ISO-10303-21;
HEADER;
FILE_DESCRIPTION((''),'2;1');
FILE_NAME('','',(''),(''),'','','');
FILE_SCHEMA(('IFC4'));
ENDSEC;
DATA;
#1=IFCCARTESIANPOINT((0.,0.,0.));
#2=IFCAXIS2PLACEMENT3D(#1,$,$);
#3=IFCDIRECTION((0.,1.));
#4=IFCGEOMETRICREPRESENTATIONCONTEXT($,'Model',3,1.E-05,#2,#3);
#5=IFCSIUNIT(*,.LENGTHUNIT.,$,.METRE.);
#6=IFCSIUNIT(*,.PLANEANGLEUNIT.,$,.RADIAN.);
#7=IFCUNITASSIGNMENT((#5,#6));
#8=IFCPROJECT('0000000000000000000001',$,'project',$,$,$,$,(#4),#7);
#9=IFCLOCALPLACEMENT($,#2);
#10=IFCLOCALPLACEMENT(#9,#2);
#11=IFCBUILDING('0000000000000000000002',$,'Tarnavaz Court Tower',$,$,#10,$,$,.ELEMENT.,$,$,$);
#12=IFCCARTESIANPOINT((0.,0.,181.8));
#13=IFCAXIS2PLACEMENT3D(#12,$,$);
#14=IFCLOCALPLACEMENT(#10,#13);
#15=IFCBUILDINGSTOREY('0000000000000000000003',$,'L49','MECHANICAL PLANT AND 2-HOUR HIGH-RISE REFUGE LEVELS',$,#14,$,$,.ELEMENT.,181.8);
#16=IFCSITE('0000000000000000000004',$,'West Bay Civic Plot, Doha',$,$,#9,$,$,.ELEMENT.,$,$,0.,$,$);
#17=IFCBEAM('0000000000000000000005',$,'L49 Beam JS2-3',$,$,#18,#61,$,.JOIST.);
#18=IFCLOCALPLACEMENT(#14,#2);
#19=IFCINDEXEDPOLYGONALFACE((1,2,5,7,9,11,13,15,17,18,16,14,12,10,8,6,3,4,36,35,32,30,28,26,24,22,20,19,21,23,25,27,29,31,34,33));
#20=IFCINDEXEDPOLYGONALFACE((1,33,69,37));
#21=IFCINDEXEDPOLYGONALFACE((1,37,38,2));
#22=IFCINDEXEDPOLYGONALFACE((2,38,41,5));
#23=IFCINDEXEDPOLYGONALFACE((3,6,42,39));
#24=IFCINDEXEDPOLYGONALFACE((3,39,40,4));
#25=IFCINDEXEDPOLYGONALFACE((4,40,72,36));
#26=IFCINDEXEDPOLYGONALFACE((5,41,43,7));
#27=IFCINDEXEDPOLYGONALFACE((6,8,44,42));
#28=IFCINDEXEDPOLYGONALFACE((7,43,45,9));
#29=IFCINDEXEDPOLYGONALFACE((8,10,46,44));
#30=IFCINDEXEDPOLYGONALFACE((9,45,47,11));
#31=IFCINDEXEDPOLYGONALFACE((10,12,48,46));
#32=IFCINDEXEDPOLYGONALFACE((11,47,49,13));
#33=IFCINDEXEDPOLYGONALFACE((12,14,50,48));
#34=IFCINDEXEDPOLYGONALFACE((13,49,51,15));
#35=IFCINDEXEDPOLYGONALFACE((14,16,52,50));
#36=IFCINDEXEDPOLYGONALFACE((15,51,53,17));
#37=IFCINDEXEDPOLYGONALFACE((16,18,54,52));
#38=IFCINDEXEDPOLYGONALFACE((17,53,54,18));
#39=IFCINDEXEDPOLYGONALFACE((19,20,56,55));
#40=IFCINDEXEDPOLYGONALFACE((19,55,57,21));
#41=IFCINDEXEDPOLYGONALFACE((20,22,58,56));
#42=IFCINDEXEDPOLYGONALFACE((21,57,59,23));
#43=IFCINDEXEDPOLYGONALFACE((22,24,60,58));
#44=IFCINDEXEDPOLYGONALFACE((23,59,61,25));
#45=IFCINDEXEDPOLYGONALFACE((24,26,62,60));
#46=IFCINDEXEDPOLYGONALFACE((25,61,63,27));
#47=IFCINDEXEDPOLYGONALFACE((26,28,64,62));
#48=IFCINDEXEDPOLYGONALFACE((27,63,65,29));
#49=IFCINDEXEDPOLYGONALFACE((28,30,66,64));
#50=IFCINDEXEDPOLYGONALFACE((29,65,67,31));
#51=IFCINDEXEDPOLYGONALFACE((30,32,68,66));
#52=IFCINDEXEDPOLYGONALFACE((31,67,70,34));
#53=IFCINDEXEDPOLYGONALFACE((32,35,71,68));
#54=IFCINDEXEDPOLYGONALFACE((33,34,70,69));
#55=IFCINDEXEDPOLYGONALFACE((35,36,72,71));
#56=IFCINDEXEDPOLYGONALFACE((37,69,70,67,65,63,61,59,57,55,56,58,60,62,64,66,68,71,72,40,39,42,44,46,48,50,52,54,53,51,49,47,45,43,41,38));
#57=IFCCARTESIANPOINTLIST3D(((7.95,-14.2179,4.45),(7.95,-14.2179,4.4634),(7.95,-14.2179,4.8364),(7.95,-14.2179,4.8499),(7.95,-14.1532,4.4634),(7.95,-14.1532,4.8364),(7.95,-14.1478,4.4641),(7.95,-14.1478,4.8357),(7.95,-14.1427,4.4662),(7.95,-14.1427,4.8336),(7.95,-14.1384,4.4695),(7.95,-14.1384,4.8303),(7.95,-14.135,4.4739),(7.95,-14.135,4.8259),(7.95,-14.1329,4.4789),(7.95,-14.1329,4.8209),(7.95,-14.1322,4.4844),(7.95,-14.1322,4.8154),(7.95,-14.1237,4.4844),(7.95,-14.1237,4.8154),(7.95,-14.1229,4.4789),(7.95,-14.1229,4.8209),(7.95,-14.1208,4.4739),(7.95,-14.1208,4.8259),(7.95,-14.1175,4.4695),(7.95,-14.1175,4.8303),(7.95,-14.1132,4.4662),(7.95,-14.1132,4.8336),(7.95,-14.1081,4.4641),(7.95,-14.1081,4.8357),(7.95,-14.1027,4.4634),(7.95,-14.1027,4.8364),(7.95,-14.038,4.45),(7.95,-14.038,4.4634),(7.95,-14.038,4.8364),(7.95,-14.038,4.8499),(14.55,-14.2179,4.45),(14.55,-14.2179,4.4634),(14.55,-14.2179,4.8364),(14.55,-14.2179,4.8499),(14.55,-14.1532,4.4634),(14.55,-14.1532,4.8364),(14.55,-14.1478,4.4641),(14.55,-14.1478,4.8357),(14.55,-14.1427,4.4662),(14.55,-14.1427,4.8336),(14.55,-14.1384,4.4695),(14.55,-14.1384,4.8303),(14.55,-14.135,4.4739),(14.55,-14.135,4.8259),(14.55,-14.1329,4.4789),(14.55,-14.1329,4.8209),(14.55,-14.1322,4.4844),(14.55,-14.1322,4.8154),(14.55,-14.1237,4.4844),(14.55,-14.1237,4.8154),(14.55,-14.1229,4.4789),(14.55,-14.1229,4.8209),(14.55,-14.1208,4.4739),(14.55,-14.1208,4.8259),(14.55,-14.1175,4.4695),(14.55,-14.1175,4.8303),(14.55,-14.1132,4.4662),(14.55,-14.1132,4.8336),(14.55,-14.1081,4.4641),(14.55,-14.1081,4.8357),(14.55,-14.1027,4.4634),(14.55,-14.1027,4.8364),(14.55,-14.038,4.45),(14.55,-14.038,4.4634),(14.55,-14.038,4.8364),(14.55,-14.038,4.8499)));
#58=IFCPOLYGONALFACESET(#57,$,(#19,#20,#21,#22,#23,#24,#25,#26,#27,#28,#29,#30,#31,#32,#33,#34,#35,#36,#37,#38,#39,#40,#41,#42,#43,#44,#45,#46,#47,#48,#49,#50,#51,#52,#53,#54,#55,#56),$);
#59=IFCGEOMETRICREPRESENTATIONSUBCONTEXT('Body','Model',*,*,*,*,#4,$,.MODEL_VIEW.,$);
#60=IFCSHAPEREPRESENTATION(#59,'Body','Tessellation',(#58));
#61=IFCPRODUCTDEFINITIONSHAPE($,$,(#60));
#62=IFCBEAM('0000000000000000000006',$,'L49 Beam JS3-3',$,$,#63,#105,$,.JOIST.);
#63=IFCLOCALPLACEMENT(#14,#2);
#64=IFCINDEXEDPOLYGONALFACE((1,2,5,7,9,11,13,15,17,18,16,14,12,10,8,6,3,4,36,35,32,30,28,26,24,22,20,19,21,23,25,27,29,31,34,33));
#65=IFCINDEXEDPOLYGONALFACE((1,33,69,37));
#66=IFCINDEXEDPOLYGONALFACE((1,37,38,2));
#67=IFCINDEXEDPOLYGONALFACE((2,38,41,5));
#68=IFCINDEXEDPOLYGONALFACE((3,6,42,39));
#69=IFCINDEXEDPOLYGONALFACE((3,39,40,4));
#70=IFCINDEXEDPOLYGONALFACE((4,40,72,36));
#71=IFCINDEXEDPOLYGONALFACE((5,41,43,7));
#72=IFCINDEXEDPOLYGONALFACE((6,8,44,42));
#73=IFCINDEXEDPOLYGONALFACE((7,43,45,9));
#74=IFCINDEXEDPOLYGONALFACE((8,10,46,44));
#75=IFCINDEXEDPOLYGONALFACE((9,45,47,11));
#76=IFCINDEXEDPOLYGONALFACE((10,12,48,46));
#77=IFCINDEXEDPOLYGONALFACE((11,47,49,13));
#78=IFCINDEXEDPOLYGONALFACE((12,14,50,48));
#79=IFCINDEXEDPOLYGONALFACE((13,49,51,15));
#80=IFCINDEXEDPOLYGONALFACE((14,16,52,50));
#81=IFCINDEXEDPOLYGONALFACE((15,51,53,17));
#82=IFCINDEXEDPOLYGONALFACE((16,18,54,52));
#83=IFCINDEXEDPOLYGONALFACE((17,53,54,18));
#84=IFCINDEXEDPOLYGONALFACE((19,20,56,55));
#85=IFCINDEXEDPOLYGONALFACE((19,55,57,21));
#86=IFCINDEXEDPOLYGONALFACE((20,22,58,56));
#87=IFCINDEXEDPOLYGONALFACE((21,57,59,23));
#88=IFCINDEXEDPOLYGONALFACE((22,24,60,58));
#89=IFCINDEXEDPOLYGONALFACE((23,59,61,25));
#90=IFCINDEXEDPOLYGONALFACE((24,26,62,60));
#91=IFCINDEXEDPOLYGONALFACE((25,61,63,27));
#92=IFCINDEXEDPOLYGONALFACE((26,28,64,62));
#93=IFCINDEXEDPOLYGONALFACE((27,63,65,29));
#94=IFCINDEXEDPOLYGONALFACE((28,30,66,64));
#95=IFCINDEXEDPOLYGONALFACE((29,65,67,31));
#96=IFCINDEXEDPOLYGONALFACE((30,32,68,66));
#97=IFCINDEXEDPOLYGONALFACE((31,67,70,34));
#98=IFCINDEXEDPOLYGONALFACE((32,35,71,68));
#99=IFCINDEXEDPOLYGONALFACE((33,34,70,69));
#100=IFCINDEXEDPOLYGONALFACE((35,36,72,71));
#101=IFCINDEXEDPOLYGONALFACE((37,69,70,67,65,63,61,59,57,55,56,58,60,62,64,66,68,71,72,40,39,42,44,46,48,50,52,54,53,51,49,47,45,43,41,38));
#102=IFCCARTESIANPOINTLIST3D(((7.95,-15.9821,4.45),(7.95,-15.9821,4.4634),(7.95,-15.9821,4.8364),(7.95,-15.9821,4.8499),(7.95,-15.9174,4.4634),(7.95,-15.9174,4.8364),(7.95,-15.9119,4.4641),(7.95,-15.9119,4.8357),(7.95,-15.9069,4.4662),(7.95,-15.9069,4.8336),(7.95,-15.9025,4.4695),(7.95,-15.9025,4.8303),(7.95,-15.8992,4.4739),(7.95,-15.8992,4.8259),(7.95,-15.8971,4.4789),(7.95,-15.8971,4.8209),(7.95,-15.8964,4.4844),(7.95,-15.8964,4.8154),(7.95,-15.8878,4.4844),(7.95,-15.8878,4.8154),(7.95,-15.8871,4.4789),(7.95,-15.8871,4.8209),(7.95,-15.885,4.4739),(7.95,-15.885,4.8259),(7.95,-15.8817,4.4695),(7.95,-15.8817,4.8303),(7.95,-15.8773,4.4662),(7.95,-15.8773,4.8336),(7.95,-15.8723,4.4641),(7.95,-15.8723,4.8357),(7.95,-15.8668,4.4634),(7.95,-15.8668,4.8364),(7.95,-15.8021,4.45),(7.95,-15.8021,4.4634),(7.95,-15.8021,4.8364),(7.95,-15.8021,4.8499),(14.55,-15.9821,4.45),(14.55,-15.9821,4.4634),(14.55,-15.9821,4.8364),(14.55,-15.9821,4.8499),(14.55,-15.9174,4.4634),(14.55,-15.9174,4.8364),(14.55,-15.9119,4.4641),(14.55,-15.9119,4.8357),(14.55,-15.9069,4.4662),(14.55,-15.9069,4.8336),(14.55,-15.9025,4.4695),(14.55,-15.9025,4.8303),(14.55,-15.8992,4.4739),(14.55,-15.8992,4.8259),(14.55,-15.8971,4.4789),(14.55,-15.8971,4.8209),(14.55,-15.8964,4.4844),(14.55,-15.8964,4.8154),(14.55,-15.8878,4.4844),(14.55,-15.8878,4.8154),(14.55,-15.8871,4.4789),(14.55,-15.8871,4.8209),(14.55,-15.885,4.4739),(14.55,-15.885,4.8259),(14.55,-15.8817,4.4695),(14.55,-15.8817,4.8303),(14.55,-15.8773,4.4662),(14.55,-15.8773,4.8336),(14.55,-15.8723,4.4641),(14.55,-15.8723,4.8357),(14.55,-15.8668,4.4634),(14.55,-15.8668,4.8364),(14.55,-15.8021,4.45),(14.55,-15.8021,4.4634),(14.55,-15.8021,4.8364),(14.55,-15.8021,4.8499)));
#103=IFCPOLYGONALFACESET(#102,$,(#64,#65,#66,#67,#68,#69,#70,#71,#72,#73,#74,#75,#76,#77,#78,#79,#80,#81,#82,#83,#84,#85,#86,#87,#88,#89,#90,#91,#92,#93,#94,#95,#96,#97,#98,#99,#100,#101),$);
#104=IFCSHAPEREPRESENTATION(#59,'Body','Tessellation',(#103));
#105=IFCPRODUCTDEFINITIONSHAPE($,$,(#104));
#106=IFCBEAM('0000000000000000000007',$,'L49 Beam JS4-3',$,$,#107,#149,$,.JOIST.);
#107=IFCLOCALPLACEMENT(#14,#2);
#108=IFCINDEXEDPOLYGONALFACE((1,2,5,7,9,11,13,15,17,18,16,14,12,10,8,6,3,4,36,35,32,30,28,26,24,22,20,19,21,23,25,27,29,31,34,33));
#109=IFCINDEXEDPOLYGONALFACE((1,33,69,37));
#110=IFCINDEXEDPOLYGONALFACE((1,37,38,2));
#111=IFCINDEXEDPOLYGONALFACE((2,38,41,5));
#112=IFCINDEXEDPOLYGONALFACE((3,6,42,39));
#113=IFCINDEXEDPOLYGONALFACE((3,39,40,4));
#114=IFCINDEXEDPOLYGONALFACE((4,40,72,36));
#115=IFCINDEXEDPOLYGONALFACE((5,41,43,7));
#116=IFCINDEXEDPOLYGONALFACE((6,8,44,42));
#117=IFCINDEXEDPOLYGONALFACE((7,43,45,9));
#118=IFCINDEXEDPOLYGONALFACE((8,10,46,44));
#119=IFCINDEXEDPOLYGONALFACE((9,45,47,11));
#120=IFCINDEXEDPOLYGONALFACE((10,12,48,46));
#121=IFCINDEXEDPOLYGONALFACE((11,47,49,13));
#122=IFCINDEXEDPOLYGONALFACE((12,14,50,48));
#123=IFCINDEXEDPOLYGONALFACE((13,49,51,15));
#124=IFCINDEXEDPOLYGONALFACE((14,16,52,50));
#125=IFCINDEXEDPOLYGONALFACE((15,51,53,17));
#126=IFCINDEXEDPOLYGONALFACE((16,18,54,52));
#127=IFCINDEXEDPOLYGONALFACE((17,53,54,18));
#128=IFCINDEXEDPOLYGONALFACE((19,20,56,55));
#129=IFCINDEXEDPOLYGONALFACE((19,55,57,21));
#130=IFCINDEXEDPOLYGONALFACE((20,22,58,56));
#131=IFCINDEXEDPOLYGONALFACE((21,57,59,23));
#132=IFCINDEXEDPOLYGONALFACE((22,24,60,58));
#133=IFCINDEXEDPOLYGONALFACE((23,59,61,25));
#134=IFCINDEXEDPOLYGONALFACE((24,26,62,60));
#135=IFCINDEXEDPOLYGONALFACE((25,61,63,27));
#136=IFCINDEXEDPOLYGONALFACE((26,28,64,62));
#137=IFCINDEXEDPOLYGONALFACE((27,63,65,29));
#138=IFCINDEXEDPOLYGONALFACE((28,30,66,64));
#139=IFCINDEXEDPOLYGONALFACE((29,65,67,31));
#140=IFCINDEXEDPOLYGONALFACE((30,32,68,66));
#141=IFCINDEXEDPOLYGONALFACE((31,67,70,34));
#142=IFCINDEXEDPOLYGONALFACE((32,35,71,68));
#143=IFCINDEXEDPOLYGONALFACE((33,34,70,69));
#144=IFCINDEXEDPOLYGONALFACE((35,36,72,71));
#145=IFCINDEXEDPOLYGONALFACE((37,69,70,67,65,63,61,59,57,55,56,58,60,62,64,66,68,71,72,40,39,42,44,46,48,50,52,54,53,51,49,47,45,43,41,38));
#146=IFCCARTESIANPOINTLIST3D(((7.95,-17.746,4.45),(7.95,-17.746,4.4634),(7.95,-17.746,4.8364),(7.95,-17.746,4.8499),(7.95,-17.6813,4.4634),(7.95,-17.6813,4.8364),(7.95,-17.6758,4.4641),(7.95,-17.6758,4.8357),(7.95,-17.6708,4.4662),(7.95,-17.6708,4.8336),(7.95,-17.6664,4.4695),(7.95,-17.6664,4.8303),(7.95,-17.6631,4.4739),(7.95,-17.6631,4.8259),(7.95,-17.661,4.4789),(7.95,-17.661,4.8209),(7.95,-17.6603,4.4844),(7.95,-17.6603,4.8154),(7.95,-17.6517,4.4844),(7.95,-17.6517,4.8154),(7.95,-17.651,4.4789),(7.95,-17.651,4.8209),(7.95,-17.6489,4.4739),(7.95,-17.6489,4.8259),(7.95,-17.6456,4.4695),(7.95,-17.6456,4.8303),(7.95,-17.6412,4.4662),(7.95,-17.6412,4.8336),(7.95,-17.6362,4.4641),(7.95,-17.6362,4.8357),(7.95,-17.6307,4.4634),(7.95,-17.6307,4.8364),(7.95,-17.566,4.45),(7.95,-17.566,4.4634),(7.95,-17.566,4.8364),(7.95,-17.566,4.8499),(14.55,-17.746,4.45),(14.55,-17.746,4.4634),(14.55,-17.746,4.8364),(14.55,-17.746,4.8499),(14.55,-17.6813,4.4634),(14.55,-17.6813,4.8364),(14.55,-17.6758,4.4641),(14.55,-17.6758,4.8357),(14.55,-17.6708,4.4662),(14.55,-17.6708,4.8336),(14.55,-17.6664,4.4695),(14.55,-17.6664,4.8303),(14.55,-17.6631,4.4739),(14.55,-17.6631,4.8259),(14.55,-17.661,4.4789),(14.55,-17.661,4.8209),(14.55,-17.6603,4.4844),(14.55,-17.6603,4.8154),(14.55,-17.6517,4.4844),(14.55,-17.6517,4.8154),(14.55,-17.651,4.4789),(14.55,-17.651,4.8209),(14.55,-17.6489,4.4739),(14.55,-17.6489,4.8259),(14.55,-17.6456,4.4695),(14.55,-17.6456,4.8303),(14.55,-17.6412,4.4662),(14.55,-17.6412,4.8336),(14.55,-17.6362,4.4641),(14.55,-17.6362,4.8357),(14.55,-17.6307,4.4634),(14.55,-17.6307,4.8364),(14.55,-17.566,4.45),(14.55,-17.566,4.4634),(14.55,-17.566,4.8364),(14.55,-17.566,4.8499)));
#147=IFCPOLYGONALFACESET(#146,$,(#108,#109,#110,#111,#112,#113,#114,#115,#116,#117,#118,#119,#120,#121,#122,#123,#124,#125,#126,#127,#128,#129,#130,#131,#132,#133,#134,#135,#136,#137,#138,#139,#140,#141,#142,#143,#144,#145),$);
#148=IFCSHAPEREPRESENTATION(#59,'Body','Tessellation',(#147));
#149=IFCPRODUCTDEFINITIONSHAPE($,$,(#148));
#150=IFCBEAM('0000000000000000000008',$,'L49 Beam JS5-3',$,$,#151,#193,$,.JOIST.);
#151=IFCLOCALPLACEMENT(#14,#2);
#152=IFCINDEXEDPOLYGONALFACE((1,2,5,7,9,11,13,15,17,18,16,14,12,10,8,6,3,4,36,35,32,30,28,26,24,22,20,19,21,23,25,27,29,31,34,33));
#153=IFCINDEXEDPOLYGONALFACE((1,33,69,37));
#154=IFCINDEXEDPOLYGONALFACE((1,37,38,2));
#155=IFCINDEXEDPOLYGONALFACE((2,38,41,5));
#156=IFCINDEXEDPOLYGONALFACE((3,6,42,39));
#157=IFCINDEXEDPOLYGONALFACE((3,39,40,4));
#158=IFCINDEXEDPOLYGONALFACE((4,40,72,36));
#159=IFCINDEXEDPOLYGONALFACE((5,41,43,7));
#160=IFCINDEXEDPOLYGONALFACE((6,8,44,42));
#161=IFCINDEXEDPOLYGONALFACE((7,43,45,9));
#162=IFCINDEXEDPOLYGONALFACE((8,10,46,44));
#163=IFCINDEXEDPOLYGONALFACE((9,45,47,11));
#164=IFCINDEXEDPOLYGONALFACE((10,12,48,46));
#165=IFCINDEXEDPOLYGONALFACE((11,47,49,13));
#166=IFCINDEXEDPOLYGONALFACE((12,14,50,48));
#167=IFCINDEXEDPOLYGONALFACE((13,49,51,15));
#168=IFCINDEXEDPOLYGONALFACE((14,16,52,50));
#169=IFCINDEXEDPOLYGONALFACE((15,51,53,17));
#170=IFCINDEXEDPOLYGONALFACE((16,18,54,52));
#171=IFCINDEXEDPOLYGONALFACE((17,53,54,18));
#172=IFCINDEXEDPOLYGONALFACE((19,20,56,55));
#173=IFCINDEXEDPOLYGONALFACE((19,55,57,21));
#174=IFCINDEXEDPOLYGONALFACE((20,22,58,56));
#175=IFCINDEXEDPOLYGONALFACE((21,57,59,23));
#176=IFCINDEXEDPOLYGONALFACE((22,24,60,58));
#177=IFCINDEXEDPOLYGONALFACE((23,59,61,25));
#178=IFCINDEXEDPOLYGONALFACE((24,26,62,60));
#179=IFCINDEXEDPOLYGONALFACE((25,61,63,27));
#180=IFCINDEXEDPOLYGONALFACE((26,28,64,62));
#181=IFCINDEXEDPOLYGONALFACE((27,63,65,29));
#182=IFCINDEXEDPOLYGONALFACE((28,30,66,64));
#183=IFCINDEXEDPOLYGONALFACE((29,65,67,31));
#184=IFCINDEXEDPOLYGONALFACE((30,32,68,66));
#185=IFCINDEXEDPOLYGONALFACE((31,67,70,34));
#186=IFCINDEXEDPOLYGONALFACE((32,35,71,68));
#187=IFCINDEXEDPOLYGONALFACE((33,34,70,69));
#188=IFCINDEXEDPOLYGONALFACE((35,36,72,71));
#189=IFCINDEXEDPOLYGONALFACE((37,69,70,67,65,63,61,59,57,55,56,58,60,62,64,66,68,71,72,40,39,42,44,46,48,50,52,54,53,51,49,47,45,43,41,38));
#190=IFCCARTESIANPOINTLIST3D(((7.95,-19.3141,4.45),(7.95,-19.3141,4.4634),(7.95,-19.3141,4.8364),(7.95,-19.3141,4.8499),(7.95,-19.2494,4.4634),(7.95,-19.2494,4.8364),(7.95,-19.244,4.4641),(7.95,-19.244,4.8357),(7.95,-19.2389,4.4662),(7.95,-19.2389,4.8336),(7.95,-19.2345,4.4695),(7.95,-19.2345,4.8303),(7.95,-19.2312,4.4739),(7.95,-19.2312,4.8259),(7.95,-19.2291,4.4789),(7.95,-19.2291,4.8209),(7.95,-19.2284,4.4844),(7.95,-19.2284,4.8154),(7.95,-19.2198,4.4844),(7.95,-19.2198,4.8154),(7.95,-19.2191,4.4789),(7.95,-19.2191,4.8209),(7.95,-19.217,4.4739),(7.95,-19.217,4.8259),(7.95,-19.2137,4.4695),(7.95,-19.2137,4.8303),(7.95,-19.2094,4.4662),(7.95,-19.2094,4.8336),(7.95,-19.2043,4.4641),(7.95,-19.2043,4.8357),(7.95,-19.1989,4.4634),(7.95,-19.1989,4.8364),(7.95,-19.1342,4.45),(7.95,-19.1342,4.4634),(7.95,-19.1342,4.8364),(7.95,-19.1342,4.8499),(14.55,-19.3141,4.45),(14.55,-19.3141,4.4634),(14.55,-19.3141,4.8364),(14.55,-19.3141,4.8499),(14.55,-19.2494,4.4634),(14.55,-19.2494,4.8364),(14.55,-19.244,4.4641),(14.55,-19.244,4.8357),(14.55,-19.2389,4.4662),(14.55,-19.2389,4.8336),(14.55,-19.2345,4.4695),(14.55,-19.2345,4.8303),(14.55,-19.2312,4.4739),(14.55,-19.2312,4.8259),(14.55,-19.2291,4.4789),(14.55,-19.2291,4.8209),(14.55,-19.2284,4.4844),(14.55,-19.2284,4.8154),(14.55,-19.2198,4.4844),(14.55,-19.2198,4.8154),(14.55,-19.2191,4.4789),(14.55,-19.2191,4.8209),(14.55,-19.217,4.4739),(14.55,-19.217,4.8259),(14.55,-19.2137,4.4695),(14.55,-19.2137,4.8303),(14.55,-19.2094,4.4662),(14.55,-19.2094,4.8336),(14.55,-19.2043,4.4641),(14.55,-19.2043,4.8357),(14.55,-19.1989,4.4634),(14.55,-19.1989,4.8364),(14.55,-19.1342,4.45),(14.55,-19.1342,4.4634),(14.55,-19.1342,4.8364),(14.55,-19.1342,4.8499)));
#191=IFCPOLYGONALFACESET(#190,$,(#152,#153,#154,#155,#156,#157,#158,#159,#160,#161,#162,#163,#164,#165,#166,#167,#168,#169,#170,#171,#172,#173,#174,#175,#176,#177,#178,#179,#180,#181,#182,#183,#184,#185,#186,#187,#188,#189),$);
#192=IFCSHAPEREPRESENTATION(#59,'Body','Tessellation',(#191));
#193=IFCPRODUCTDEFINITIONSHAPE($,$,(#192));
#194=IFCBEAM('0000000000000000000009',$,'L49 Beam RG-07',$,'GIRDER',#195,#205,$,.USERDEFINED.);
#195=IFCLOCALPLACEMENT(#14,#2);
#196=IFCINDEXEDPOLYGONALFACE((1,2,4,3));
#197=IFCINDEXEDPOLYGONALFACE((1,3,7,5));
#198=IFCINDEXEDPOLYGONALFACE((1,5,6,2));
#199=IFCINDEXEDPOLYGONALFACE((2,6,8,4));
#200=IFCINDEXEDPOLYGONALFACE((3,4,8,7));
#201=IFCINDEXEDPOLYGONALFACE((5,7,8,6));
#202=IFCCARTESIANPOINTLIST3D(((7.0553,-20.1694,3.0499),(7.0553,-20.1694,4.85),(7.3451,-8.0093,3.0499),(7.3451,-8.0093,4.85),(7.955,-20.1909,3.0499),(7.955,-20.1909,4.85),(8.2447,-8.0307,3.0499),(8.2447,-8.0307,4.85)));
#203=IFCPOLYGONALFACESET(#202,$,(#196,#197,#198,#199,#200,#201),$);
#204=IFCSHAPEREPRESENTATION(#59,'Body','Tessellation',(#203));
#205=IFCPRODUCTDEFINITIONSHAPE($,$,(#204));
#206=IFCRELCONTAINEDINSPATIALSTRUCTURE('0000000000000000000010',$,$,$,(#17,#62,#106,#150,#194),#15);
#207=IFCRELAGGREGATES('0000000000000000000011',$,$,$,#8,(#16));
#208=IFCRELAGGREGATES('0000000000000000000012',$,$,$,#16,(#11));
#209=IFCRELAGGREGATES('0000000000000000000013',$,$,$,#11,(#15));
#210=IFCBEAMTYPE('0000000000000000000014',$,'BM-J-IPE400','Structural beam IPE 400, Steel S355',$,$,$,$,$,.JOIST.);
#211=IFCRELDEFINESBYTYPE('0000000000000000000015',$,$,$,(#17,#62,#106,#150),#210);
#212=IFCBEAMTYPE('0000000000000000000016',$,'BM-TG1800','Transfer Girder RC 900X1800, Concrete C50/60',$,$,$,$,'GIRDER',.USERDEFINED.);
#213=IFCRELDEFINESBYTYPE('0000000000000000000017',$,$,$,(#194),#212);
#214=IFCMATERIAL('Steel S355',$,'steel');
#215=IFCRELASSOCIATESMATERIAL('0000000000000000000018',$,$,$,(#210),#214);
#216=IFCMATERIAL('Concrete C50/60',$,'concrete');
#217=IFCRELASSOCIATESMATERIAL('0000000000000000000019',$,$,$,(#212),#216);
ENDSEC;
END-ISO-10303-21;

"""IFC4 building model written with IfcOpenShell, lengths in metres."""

from ifc_helpers import new_model, si_unit, direction, frame, origin, origin_2d, place, context, subcontext, project, spatial, rectangle, i_section, extrude, material, material_profile, profile_set, type_object, element, save


model = new_model("IFC4")

# Units and contexts
model_context = context("Model", 3, precision=1e-05, world=origin(), true_north=direction((0.0, 1.0)))
body_context = subcontext(model_context, "Body", "Model", "MODEL_VIEW")
ifc_project = project(units=[si_unit("LENGTHUNIT", "METRE"), si_unit("PLANEANGLEUNIT", "RADIAN")], contexts=[model_context])

# Site, building, storey
site_placement = place(None, origin())
site = spatial("IfcSite", under=ifc_project, at=site_placement, Name="West Bay Civic Plot, Doha", CompositionType="ELEMENT", RefElevation=0.0)
building_placement = place(site_placement, origin())
building = spatial("IfcBuilding", under=site, at=building_placement, Name="Tarnavaz Court Tower", CompositionType="ELEMENT")
storey_placement = place(building_placement, frame((0.0, 0.0, 181.8)))
storey = spatial("IfcBuildingStorey", under=building, at=storey_placement, Name="L49", Description="MECHANICAL PLANT AND 2-HOUR HIGH-RISE REFUGE LEVELS", CompositionType="ELEMENT", Elevation=181.8)

# Beams
ifc_material_1 = material(Name="Steel S355", Category="steel")
ifc_material_profile_1 = material_profile(ifc_material_1, i_section(OverallWidth=0.1799, OverallDepth=0.3999, WebThickness=0.0085, FlangeThickness=0.0134, FilletRadius=0.021, at=origin_2d()), Name="IPE 400")
ifc_profile_set_1 = profile_set([ifc_material_profile_1], Name="Steel S355")
beam_type_1 = type_object("IfcBeamType", Name="BM-J-IPE400", Description="Structural beam IPE 400, Steel S355", PredefinedType="JOIST", material=ifc_profile_set_1)
for number, where, z_axis, x_axis, name in (
    (1, (7.95, -14.1279, 4.6499), (1.0, 0.0, 0.0), (0.0, 1.0, 0.0), "L49 Beam JS2-3"),
    (2, (7.95, -15.8921, 4.6499), (1.0, 0.0, 0.0), (0.0, 1.0, 0.0), "L49 Beam JS3-3"),
    (3, (7.95, -17.656, 4.6499), (1.0, 0.0, 0.0), (0.0, 1.0, 0.0), "L49 Beam JS4-3"),
    (4, (7.95, -19.2241, 4.6499), (1.0, 0.0, 0.0), (0.0, 1.0, 0.0), "L49 Beam JS5-3"),
):
    element("IfcBeam", number, at=place(storey_placement, frame(where, z_axis=z_axis, x_axis=x_axis)), inside=storey, type_object=beam_type_1, Name=name, PredefinedType="JOIST", context=body_context, shape_type="SweptSolid", body=[
        extrude(i_section(OverallWidth=0.1799, OverallDepth=0.3999, WebThickness=0.0085, FlangeThickness=0.0134, FilletRadius=0.021, at=origin_2d()), origin(), (0.0, 0.0, 1.0), 6.6001),
    ])
ifc_material_2 = material(Name="Concrete C50/60", Category="concrete")
ifc_material_profile_2 = material_profile(ifc_material_2, rectangle(XDim=0.8999, YDim=1.8, at=origin_2d()), Name="RC 900X1800")
ifc_profile_set_2 = profile_set([ifc_material_profile_2], Name="Concrete C50/60")
beam_type_2 = type_object("IfcBeamType", Name="BM-TG1800", Description="Transfer Girder RC 900X1800, Concrete C50/60", ElementType="GIRDER", PredefinedType="USERDEFINED", material=ifc_profile_set_2)
beam_1_placement = place(storey_placement, frame((7.7949, -8.02, 3.95), z_axis=(-0.023825, -0.999716, 0.0), x_axis=(0.999716, -0.023825, 0.0)))
element("IfcBeam", 5, at=beam_1_placement, inside=storey, type_object=beam_type_2, Name="L49 Beam RG-07", ObjectType="GIRDER", PredefinedType="USERDEFINED", context=body_context, shape_type="SweptSolid", body=[
    extrude(rectangle(XDim=0.8999, YDim=1.8, at=origin_2d()), origin(), (0.0, 0.0, 1.0), 12.1636),
])

save(model, "model.ifc")
